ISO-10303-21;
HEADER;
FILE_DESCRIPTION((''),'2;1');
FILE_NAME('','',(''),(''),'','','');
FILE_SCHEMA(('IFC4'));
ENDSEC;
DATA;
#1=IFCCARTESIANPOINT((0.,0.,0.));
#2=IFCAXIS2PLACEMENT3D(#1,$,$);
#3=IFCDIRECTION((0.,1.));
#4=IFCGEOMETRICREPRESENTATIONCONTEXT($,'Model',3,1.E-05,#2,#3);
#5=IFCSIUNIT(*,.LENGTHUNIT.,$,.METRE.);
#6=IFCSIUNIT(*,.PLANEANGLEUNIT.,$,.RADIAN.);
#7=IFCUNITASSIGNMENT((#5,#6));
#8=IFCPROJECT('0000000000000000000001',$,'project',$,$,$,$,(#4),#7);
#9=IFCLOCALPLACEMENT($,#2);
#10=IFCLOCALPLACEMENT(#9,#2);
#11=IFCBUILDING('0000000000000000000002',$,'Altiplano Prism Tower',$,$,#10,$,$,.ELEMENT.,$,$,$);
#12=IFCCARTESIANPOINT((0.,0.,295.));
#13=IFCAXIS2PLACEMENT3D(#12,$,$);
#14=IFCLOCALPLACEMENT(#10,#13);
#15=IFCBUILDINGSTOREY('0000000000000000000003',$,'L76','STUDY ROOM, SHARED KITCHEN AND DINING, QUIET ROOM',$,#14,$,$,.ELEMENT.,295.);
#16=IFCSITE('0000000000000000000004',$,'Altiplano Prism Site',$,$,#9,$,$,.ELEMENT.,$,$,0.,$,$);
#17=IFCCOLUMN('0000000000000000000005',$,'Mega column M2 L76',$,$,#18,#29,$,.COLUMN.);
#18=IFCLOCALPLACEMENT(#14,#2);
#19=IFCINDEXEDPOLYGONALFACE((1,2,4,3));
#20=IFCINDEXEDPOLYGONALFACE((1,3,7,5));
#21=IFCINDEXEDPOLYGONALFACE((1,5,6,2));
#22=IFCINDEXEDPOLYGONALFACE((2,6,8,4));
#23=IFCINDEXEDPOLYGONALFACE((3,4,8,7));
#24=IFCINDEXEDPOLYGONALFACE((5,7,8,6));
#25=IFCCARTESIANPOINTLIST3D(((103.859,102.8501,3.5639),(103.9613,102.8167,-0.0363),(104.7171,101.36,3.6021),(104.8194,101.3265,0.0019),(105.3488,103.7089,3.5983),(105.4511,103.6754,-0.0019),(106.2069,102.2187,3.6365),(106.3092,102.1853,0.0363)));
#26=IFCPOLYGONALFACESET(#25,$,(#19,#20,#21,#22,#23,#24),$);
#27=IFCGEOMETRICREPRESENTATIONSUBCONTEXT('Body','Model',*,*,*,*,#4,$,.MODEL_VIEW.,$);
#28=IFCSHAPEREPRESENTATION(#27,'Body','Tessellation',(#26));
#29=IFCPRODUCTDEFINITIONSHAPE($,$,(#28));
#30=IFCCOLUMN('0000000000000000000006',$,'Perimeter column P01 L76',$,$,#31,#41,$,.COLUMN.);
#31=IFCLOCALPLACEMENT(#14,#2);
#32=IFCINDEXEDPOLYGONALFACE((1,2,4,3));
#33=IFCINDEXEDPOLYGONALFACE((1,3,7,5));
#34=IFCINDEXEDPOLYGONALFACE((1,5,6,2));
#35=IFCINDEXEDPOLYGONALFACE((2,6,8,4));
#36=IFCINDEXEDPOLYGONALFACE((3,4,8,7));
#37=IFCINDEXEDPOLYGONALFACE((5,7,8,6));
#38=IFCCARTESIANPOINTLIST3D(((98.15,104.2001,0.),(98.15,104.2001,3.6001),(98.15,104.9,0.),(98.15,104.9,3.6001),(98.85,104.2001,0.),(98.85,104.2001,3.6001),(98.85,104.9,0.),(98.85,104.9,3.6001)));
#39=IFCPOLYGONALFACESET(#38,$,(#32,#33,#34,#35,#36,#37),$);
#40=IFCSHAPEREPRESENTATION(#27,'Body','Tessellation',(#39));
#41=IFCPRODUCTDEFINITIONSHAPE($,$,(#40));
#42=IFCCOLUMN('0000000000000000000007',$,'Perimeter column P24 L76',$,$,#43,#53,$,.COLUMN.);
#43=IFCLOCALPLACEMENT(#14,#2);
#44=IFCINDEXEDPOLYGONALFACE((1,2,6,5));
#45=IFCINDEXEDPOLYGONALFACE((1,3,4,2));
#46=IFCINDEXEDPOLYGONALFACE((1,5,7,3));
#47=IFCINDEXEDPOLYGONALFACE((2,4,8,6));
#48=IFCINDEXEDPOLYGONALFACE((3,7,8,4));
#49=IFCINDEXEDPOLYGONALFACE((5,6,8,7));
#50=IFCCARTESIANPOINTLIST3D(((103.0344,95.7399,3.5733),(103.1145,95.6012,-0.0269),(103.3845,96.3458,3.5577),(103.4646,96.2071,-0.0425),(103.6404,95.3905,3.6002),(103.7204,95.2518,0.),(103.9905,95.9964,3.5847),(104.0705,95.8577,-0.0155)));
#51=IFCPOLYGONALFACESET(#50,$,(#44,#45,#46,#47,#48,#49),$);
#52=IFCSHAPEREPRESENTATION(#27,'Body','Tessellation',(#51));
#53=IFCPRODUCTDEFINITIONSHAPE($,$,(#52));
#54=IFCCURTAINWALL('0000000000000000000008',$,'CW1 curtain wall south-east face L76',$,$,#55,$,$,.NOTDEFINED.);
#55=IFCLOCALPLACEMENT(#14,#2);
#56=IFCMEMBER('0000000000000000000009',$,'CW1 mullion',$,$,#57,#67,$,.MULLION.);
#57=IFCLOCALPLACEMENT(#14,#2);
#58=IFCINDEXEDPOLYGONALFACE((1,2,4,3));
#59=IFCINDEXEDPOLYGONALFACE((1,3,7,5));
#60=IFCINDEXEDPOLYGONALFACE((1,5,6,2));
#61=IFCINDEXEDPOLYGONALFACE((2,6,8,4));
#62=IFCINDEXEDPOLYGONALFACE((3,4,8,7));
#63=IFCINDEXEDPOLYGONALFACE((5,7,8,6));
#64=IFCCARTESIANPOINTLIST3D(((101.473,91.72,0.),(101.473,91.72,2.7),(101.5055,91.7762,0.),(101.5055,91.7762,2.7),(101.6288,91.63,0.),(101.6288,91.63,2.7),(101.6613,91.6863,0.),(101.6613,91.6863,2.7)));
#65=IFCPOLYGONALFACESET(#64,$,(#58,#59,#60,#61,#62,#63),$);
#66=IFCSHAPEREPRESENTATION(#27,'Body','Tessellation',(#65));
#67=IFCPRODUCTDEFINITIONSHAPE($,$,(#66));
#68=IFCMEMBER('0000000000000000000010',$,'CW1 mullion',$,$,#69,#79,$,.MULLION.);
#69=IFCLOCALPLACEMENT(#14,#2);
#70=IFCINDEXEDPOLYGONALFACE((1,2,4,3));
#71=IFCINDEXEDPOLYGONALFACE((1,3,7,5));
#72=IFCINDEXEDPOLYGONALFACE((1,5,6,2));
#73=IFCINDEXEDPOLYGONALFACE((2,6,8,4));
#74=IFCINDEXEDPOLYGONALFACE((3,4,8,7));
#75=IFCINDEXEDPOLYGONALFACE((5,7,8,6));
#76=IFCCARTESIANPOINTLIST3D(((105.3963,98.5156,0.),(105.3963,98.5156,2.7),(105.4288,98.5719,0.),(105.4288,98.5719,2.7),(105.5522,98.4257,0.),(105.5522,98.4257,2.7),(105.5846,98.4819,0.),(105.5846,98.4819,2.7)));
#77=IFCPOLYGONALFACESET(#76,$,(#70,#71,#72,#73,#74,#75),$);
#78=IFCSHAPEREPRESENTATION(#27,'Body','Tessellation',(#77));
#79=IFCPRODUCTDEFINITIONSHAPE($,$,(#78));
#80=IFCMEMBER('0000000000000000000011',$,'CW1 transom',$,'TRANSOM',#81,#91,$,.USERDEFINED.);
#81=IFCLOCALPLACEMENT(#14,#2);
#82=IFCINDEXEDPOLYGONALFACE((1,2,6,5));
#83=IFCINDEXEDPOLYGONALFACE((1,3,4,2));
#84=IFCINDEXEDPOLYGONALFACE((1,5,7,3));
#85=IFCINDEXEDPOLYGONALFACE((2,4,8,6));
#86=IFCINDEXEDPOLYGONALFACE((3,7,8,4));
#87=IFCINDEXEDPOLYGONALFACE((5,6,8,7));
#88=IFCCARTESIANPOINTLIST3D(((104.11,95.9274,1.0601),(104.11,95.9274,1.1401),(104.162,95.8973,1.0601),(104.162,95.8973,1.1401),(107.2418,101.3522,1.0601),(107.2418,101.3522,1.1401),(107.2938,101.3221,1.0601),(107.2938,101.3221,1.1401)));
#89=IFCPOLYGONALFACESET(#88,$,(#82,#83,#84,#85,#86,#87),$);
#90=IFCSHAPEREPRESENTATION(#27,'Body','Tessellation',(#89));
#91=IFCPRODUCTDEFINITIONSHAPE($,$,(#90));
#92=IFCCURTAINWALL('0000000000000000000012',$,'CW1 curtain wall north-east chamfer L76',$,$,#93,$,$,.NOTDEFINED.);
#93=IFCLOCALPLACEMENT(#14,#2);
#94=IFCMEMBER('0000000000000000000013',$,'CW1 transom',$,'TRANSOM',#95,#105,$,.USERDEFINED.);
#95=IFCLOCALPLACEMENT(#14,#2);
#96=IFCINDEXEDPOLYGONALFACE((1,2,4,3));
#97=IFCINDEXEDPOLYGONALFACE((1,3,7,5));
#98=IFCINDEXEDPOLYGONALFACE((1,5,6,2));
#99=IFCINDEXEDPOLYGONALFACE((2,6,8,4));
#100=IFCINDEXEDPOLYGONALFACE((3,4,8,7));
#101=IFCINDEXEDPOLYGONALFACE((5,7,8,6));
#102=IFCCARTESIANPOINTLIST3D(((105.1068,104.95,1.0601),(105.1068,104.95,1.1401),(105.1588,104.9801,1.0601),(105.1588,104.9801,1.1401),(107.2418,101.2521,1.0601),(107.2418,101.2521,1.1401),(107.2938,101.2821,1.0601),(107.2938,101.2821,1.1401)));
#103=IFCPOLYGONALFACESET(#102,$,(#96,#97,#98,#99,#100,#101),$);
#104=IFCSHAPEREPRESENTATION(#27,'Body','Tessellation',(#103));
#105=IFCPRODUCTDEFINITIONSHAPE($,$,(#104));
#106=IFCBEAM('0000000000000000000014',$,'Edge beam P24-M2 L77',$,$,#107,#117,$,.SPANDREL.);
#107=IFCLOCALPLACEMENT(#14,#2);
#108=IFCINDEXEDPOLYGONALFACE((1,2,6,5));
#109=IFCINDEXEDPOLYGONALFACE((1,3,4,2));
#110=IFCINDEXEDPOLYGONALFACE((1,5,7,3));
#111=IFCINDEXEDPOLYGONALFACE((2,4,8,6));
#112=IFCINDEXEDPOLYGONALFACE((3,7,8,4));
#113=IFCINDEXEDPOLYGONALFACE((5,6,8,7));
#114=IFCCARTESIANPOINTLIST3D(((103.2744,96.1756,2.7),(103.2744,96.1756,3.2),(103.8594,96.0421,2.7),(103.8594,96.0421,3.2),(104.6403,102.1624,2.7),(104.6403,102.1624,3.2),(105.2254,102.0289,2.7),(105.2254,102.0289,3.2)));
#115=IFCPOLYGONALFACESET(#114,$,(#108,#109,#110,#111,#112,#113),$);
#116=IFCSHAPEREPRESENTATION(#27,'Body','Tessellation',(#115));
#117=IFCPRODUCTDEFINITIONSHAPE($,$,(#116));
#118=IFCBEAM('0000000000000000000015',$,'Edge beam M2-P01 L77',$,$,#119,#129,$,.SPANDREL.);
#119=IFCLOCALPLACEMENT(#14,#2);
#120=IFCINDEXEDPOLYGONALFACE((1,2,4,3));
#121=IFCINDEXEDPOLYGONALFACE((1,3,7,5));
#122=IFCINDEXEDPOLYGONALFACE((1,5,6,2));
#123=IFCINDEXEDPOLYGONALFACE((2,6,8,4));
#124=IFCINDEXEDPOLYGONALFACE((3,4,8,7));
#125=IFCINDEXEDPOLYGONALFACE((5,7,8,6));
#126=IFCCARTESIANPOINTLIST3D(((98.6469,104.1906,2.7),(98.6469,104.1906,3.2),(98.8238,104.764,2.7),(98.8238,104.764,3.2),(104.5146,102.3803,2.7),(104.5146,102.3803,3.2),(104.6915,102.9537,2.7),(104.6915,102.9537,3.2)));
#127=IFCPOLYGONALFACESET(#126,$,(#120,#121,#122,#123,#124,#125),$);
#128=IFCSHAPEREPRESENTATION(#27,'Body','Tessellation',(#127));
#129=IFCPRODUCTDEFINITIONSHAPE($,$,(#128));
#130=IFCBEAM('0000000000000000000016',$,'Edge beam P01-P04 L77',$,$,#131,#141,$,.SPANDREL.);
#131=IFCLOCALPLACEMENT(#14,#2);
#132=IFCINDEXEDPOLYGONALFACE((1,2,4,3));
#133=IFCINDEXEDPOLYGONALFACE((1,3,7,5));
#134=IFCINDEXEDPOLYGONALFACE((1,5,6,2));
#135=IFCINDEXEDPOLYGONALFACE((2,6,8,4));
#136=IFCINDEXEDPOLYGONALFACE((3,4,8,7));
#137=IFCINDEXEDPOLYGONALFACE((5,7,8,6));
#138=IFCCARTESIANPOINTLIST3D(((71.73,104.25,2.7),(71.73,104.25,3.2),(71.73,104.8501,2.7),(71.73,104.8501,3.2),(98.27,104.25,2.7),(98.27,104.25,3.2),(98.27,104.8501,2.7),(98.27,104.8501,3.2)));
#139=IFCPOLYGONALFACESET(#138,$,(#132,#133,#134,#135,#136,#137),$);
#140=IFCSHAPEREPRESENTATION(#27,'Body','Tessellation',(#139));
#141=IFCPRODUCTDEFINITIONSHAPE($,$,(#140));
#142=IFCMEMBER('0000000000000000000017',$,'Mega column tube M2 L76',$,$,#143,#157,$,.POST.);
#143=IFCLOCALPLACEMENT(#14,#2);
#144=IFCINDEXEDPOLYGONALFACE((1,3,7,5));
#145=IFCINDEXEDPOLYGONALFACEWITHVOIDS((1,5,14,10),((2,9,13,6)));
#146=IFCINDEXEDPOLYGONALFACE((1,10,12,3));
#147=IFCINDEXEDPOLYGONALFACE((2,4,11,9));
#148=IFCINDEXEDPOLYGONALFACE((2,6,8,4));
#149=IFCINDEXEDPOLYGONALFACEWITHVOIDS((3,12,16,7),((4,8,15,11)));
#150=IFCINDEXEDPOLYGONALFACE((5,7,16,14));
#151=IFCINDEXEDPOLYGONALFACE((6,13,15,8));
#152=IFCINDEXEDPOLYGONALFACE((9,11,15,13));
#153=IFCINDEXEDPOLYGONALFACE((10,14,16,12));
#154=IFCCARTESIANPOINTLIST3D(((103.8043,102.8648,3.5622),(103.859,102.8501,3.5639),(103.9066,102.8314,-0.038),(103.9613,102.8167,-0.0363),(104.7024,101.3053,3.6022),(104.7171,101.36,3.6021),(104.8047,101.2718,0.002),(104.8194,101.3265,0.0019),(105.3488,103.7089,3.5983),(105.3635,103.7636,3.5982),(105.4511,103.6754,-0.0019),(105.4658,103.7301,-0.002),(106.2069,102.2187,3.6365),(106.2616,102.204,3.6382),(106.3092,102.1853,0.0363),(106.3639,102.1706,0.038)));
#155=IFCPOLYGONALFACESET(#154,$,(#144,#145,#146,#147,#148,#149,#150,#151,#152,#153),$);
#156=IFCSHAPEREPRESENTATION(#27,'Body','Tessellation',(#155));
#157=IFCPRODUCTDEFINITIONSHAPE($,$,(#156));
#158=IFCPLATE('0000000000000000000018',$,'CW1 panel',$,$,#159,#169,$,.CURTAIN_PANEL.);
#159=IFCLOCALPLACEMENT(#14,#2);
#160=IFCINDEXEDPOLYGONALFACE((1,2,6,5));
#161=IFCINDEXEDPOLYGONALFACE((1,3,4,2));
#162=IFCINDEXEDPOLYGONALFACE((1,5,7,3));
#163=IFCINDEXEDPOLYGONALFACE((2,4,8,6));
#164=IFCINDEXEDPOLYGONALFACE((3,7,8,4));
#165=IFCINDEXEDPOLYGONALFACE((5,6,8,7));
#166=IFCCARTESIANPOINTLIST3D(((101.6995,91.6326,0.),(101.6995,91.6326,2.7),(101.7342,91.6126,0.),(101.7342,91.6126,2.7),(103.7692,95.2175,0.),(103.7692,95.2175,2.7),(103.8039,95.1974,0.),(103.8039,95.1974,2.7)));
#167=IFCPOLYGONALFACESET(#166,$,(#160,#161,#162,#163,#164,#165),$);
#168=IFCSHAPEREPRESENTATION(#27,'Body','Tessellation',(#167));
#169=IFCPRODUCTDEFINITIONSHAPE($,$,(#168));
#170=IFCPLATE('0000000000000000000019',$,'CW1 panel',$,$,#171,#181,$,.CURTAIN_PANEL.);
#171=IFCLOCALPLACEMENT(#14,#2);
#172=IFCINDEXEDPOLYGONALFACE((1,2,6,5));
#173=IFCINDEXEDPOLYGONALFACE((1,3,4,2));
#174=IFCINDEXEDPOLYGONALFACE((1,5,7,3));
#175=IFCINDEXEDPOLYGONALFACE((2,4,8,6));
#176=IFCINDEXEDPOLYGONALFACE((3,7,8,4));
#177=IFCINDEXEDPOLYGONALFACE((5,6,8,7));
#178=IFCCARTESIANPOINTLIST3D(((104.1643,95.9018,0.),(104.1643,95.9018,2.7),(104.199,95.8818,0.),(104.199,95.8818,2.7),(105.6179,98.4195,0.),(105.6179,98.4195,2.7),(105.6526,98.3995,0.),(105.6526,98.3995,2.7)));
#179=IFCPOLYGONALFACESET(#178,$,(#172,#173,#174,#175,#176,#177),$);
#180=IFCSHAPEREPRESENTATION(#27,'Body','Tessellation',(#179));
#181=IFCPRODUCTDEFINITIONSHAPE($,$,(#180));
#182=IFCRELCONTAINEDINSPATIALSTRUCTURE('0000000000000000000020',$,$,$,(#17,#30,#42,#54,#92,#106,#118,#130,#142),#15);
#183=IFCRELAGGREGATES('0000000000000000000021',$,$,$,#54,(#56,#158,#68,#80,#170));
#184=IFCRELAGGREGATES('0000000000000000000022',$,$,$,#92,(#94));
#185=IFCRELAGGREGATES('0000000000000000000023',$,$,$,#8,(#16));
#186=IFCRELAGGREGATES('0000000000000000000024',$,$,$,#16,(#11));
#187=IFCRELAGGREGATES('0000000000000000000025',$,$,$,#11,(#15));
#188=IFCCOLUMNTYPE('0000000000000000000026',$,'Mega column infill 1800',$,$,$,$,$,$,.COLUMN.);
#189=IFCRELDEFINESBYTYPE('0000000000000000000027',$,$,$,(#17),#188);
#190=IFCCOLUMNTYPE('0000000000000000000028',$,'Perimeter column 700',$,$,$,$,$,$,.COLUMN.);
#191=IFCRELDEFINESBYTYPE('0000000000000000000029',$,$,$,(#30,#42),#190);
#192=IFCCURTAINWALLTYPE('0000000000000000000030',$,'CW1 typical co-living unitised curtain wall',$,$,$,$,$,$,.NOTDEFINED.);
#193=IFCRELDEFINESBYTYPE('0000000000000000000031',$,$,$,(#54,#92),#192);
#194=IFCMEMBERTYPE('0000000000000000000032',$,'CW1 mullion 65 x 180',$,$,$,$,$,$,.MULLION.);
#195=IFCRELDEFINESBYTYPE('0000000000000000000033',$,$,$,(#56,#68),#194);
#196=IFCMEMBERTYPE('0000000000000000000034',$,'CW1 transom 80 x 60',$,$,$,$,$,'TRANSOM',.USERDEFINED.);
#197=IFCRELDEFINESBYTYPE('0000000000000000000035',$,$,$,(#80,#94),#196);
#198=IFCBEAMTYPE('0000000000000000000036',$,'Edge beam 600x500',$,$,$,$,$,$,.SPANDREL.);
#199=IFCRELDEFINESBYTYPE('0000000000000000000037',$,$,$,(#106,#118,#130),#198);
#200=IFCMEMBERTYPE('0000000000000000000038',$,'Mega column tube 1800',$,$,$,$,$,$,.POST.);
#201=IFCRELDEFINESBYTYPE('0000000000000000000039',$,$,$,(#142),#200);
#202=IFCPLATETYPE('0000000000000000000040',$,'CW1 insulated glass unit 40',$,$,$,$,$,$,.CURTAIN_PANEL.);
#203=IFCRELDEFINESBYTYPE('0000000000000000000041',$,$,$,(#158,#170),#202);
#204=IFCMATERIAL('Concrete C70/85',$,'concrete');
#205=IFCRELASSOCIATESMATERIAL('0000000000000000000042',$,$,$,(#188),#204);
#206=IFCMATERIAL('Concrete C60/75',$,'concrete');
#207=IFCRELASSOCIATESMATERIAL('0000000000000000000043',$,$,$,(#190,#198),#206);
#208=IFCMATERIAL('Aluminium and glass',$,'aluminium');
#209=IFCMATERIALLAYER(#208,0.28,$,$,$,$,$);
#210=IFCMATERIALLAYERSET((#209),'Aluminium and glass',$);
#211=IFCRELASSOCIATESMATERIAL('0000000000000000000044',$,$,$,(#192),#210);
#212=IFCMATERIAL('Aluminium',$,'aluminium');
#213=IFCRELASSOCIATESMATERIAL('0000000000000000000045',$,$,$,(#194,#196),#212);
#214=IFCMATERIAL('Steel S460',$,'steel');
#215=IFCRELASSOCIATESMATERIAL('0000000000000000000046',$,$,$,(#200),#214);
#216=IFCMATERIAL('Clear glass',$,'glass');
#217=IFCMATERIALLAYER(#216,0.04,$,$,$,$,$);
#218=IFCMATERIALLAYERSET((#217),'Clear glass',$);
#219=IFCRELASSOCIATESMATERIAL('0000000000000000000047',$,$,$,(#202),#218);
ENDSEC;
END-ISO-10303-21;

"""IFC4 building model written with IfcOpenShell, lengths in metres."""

from ifc_helpers import new_model, si_unit, direction, frame, origin, origin_2d, place, context, subcontext, project, spatial, rectangle, hollow_rectangle, extrude, material, layer, layer_set, material_profile, profile_set, type_object, element, aggregate, save


model = new_model("IFC4")

# Units and contexts
model_context = context("Model", 3, precision=1e-05, world=origin(), true_north=direction((0.0, 1.0)))
body_context = subcontext(model_context, "Body", "Model", "MODEL_VIEW")
ifc_project = project(units=[si_unit("LENGTHUNIT", "METRE"), si_unit("PLANEANGLEUNIT", "RADIAN")], contexts=[model_context])

# Site, building, storey
site_placement = place(None, origin())
site = spatial("IfcSite", under=ifc_project, at=site_placement, Name="Altiplano Prism Site", CompositionType="ELEMENT", RefElevation=0.0)
building_placement = place(site_placement, origin())
building = spatial("IfcBuilding", under=site, at=building_placement, Name="Altiplano Prism Tower", CompositionType="ELEMENT")
storey_placement = place(building_placement, frame((0.0, 0.0, 295.0)))
storey = spatial("IfcBuildingStorey", under=building, at=storey_placement, Name="L76", Description="STUDY ROOM, SHARED KITCHEN AND DINING, QUIET ROOM", CompositionType="ELEMENT", Elevation=295.0)

# Columns
ifc_material_1 = material(Name="Concrete C70/85", Category="concrete")
ifc_material_profile_1 = material_profile(ifc_material_1, rectangle(XDim=1.72, YDim=1.72, at=origin_2d()), Name="Mega column infill 1800")
ifc_profile_set_1 = profile_set([ifc_material_profile_1], Name="Concrete C70/85")
column_type_1 = type_object("IfcColumnType", Name="Mega column infill 1800", PredefinedType="COLUMN", material=ifc_profile_set_1)
column_1_placement = place(storey_placement, frame((105.1353, 102.501, 0.0), z_axis=(-0.028402, 0.009287, 0.999553), x_axis=(0.498889, -0.866381, 0.022225)))
element("IfcColumn", 1, at=column_1_placement, inside=storey, type_object=column_type_1, Name="Mega column M2 L76", PredefinedType="COLUMN", context=body_context, shape_type="SweptSolid", body=[
    extrude(rectangle(XDim=1.72, YDim=1.72, at=origin_2d()), origin(), (0.0, 0.0, 1.0), 3.6018),
])
ifc_material_2 = material(Name="Concrete C60/75", Category="concrete")
ifc_material_profile_2 = material_profile(ifc_material_2, rectangle(XDim=0.7, YDim=0.7, at=origin_2d()), Name="Perimeter column 700")
ifc_profile_set_2 = profile_set([ifc_material_profile_2], Name="Concrete C60/75")
column_type_2 = type_object("IfcColumnType", Name="Perimeter column 700", PredefinedType="COLUMN", material=ifc_profile_set_2)
column_2_placement = place(storey_placement, frame((98.5, 104.55, 0.0), z_axis=(0.0, 0.0, 1.0), x_axis=(1.0, 0.0, 0.0)))
element("IfcColumn", 2, at=column_2_placement, inside=storey, type_object=column_type_2, Name="Perimeter column P01 L76", PredefinedType="COLUMN", context=body_context, shape_type="SweptSolid", body=[
    extrude(rectangle(XDim=0.7, YDim=0.7, at=origin_2d()), origin(), (0.0, 0.0, 1.0), 3.6001),
])
column_3_placement = place(storey_placement, frame((103.5925, 95.7295, -0.0212), z_axis=(-0.022221, 0.038481, 0.999012), x_axis=(-0.500175, -0.86564, 0.022218)))
element("IfcColumn", 3, at=column_3_placement, inside=storey, type_object=column_type_2, Name="Perimeter column P24 L76", PredefinedType="COLUMN", context=body_context, shape_type="SweptSolid", body=[
    extrude(rectangle(XDim=0.7, YDim=0.7, at=origin_2d()), origin(), (0.0, 0.0, 1.0), 3.6038),
])

# Curtain wall, members
ifc_material_3 = material(Name="Aluminium and glass", Category="aluminium")
ifc_layer_1 = layer(ifc_material_3, 0.28)
ifc_layer_set_1 = layer_set([ifc_layer_1], Name="Aluminium and glass")
curtain_wall_type = type_object("IfcCurtainWallType", Name="CW1 typical co-living unitised curtain wall", PredefinedType="NOTDEFINED", material=ifc_layer_set_1)
curtain_wall_1_placement = place(storey_placement, origin())
curtain_wall_1 = element("IfcCurtainWall", 4, at=curtain_wall_1_placement, inside=storey, type_object=curtain_wall_type, Name="CW1 curtain wall south-east face L76", PredefinedType="NOTDEFINED")
ifc_material_4 = material(Name="Aluminium", Category="aluminium")
ifc_material_profile_3 = material_profile(ifc_material_4, rectangle(XDim=0.1799, YDim=0.0649, at=origin_2d()), Name="CW1 mullion 65 x 180")
ifc_profile_set_3 = profile_set([ifc_material_profile_3], Name="Aluminium")
member_type_1 = type_object("IfcMemberType", Name="CW1 mullion 65 x 180", PredefinedType="MULLION", material=ifc_profile_set_3)
member_1_placement = place(storey_placement, frame((101.5671, 91.7031, 0.0), z_axis=(0.0, 0.0, 1.0), x_axis=(-0.866025, 0.5, 0.0)))
member_1 = element("IfcMember", 5, at=member_1_placement, type_object=member_type_1, Name="CW1 mullion", PredefinedType="MULLION", context=body_context, shape_type="SweptSolid", body=[
    extrude(rectangle(XDim=0.1799, YDim=0.0649, at=origin_2d()), origin(), (0.0, 0.0, 1.0), 2.7),
])
member_2_placement = place(storey_placement, frame((105.4905, 98.4988, 0.0), z_axis=(0.0, 0.0, 1.0), x_axis=(-0.866025, 0.5, 0.0)))
member_2 = element("IfcMember", 6, at=member_2_placement, type_object=member_type_1, Name="CW1 mullion", PredefinedType="MULLION", context=body_context, shape_type="SweptSolid", body=[
    extrude(rectangle(XDim=0.1799, YDim=0.0649, at=origin_2d()), origin(), (0.0, 0.0, 1.0), 2.7),
])
ifc_material_profile_4 = material_profile(ifc_material_4, rectangle(XDim=0.0601, YDim=0.0801, at=origin_2d()), Name="CW1 transom 80 x 60")
ifc_profile_set_4 = profile_set([ifc_material_profile_4], Name="Aluminium")
member_type_2 = type_object("IfcMemberType", Name="CW1 transom 80 x 60", ElementType="TRANSOM", PredefinedType="USERDEFINED", material=ifc_profile_set_4)
member_3_placement = place(storey_placement, frame((104.136, 95.9124, 1.1001), z_axis=(0.499979, 0.866038, 0.0), x_axis=(-0.866038, 0.499979, 0.0)))
member_3 = element("IfcMember", 7, at=member_3_placement, type_object=member_type_2, Name="CW1 transom", ObjectType="TRANSOM", PredefinedType="USERDEFINED", context=body_context, shape_type="SweptSolid", body=[
    extrude(rectangle(XDim=0.0601, YDim=0.0801, at=origin_2d()), origin(), (0.0, 0.0, 1.0), 6.2639),
])

# Curtain wall, member
curtain_wall_2_placement = place(storey_placement, origin())
curtain_wall_2 = element("IfcCurtainWall", 8, at=curtain_wall_2_placement, inside=storey, type_object=curtain_wall_type, Name="CW1 curtain wall north-east chamfer L76", PredefinedType="NOTDEFINED")
member_4_placement = place(storey_placement, frame((107.2678, 101.2671, 1.1001), z_axis=(-0.499995, 0.866028, 0.0), x_axis=(-0.866028, -0.499995, 0.0)))
member_4 = element("IfcMember", 9, at=member_4_placement, type_object=member_type_2, Name="CW1 transom", ObjectType="TRANSOM", PredefinedType="USERDEFINED", context=body_context, shape_type="SweptSolid", body=[
    extrude(rectangle(XDim=0.0601, YDim=0.0801, at=origin_2d()), origin(), (0.0, 0.0, 1.0), 4.27),
])

# Beams
ifc_material_profile_5 = material_profile(ifc_material_2, rectangle(XDim=0.6001, YDim=0.5, at=origin_2d()), Name="Edge beam 600x500")
ifc_profile_set_5 = profile_set([ifc_material_profile_5], Name="Concrete C60/75")
beam_type = type_object("IfcBeamType", Name="Edge beam 600x500", PredefinedType="SPANDREL", material=ifc_profile_set_5)
for number, where, z_axis, x_axis, name in (
    (10, (103.5669, 96.1089, 2.95), (0.222446, 0.974945, 0.0), (-0.974945, 0.222446, 0.0), "Edge beam P24-M2 L77"),
    (11, (104.603, 102.667, 2.95), (-0.955556, 0.294809, 0.0), (-0.294809, -0.955556, 0.0), "Edge beam M2-P01 L77"),
):
    element("IfcBeam", number, at=place(storey_placement, frame(where, z_axis=z_axis, x_axis=x_axis)), inside=storey, type_object=beam_type, Name=name, PredefinedType="SPANDREL", context=body_context, shape_type="SweptSolid", body=[
        extrude(rectangle(XDim=0.6001, YDim=0.5, at=origin_2d()), origin(), (0.0, 0.0, 1.0), 6.1406),
    ])
beam_placement = place(storey_placement, frame((98.27, 104.55, 2.95), z_axis=(-1.0, 0.0, 0.0), x_axis=(0.0, -1.0, 0.0)))
element("IfcBeam", 12, at=beam_placement, inside=storey, type_object=beam_type, Name="Edge beam P01-P04 L77", PredefinedType="SPANDREL", context=body_context, shape_type="SweptSolid", body=[
    extrude(rectangle(XDim=0.6001, YDim=0.5, at=origin_2d()), origin(), (0.0, 0.0, 1.0), 26.54),
])

# Member
ifc_material_5 = material(Name="Steel S460", Category="steel")
ifc_material_profile_6 = material_profile(ifc_material_5, hollow_rectangle(XDim=1.8, YDim=1.8, WallThickness=0.04, at=origin_2d()), Name="Mega column tube 1800")
ifc_profile_set_6 = profile_set([ifc_material_profile_6], Name="Steel S460")
member_type_3 = type_object("IfcMemberType", Name="Mega column tube 1800", PredefinedType="POST", material=ifc_profile_set_6)
member_5_placement = place(storey_placement, frame((105.1353, 102.501, 0.0), z_axis=(-0.028402, 0.009287, 0.999553), x_axis=(0.498889, -0.866381, 0.022225)))
element("IfcMember", 13, at=member_5_placement, inside=storey, type_object=member_type_3, Name="Mega column tube M2 L76", PredefinedType="POST", context=body_context, shape_type="SweptSolid", body=[
    extrude(hollow_rectangle(XDim=1.8, YDim=1.8, WallThickness=0.04, at=origin_2d()), origin(), (0.0, 0.0, 1.0), 3.6018),
])

# Plates
ifc_material_6 = material(Name="Clear glass", Category="glass")
ifc_layer_2 = layer(ifc_material_6, 0.04)
ifc_layer_set_2 = layer_set([ifc_layer_2], Name="Clear glass")
plate_type = type_object("IfcPlateType", Name="CW1 insulated glass unit 40", PredefinedType="CURTAIN_PANEL", material=ifc_layer_set_2)
plate_1_placement = place(storey_placement, frame((102.7517, 93.415, 0.0), z_axis=(0.0, 0.0, 1.0), x_axis=(0.5, 0.866025, 0.0)))
plate_1 = element("IfcPlate", 14, at=plate_1_placement, type_object=plate_type, Name="CW1 panel", PredefinedType="CURTAIN_PANEL", context=body_context, shape_type="SweptSolid", body=[
    extrude(rectangle(XDim=4.1394, YDim=0.04, at=origin_2d()), origin(), (0.0, 0.0, 1.0), 2.7),
])
plate_2_placement = place(storey_placement, frame((104.9084, 97.1506, 0.0), z_axis=(0.0, 0.0, 1.0), x_axis=(0.5, 0.866025, 0.0)))
plate_2 = element("IfcPlate", 15, at=plate_2_placement, type_object=plate_type, Name="CW1 panel", PredefinedType="CURTAIN_PANEL", context=body_context, shape_type="SweptSolid", body=[
    extrude(rectangle(XDim=2.9072, YDim=0.04, at=origin_2d()), origin(), (0.0, 0.0, 1.0), 2.7),
])
aggregate(curtain_wall_1, [member_1, plate_1, member_2, member_3, plate_2])
aggregate(curtain_wall_2, [member_4])

save(model, "model.ifc")
